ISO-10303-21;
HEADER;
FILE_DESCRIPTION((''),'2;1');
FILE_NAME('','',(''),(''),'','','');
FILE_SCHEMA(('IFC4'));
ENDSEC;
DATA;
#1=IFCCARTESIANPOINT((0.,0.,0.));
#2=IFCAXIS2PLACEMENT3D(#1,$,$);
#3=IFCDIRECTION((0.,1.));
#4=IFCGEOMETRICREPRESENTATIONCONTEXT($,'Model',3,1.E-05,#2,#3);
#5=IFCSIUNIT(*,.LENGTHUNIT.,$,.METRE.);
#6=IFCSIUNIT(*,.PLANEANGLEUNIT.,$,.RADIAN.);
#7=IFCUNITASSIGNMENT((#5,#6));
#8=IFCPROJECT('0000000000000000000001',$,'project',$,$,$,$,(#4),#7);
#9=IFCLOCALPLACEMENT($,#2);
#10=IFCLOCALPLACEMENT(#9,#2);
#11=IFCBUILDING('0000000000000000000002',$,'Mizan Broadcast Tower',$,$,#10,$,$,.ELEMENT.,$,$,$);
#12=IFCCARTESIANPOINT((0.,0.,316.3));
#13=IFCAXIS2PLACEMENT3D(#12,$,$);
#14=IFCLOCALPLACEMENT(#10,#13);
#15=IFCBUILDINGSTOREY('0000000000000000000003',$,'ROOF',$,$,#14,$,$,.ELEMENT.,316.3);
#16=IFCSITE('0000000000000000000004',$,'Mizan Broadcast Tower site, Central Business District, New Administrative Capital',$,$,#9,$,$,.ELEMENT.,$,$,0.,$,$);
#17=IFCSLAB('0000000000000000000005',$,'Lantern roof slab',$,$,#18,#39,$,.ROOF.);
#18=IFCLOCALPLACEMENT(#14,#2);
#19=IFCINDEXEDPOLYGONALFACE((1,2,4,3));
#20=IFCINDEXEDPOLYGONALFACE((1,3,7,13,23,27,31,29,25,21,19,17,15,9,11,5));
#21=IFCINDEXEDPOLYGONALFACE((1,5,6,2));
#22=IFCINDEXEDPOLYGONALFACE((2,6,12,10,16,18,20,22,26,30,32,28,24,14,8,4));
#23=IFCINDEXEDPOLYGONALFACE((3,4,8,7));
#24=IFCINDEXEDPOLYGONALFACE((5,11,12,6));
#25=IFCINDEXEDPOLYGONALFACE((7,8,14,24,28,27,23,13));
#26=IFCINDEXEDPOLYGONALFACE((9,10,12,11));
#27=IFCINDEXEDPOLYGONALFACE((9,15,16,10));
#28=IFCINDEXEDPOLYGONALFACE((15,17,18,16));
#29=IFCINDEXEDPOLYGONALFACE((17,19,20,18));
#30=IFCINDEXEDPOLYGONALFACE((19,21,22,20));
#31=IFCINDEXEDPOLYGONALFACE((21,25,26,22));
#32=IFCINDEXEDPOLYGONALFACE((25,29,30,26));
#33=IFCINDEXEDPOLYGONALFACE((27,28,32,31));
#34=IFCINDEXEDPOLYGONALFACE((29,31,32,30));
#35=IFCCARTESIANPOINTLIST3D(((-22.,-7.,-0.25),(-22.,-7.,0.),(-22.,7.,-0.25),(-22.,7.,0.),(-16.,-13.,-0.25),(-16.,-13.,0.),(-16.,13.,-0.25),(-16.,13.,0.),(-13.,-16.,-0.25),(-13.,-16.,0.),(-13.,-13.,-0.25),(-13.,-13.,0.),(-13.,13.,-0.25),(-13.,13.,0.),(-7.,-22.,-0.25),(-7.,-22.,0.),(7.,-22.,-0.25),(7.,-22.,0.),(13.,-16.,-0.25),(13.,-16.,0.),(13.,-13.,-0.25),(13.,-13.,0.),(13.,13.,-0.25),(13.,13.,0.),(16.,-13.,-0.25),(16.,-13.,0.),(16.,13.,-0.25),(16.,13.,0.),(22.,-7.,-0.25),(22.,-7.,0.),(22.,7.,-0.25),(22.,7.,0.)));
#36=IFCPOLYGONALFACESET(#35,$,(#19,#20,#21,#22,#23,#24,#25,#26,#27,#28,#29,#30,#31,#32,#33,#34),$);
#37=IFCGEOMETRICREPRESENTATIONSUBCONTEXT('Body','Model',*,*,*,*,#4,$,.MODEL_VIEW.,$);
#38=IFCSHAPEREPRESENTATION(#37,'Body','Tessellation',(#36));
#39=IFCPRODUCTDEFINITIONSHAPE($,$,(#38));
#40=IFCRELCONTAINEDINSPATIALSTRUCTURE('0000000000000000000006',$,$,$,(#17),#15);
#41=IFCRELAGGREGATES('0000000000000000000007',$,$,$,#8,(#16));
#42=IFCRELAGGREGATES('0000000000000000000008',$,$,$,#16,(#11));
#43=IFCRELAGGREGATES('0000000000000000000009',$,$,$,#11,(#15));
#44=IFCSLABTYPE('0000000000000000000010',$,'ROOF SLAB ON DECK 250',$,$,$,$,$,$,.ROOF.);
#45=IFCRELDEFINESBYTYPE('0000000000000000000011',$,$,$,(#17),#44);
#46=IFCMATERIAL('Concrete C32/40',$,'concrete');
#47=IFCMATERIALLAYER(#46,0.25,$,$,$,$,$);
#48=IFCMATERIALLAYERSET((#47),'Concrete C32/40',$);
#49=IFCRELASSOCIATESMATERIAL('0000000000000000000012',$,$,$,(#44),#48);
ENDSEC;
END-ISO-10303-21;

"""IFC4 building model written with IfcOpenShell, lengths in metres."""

from ifc_helpers import new_model, si_unit, direction, frame, origin, place, context, subcontext, project, spatial, polyline, outline, extrude, material, layer, layer_set, type_object, element, save


model = new_model("IFC4")

# Units and contexts
model_context = context("Model", 3, precision=1e-05, world=origin(), true_north=direction((0.0, 1.0)))
body_context = subcontext(model_context, "Body", "Model", "MODEL_VIEW")
ifc_project = project(units=[si_unit("LENGTHUNIT", "METRE"), si_unit("PLANEANGLEUNIT", "RADIAN")], contexts=[model_context])

# Site, building, storey
site_placement = place(None, origin())
site = spatial("IfcSite", under=ifc_project, at=site_placement, Name="Mizan Broadcast Tower site, Central Business District, New Administrative Capital", CompositionType="ELEMENT", RefElevation=0.0)
building_placement = place(site_placement, origin())
building = spatial("IfcBuilding", under=site, at=building_placement, Name="Mizan Broadcast Tower", CompositionType="ELEMENT")
storey_placement = place(building_placement, frame((0.0, 0.0, 316.3)))
storey = spatial("IfcBuildingStorey", under=building, at=storey_placement, Name="ROOF", CompositionType="ELEMENT", Elevation=316.3)

# Slab
ifc_material = material(Name="Concrete C32/40", Category="concrete")
ifc_layer = layer(ifc_material, 0.25)
ifc_layer_set = layer_set([ifc_layer], Name="Concrete C32/40")
slab_type = type_object("IfcSlabType", Name="ROOF SLAB ON DECK 250", PredefinedType="ROOF", material=ifc_layer_set)
slab_placement = place(storey_placement, frame((0.0, 0.0, -0.25)))
element("IfcSlab", 1, at=slab_placement, inside=storey, type_object=slab_type, Name="Lantern roof slab", PredefinedType="ROOF", context=body_context, shape_type="SweptSolid", body=[
    extrude(outline(polyline([(13.0, -13.0), (16.0, -13.0), (22.0, -7.0), (22.0, 7.0), (16.0, 13.0), (13.0, 13.0), (-13.0, 13.0), (-16.0, 13.0), (-22.0, 7.0), (-22.0, -7.0), (-16.0, -13.0), (-13.0, -13.0), (-13.0, -16.0), (-7.0, -22.0), (7.0, -22.0), (13.0, -16.0), (13.0, -13.0)])), origin(), (0.0, 0.0, 1.0), 0.25),
])

save(model, "model.ifc")
